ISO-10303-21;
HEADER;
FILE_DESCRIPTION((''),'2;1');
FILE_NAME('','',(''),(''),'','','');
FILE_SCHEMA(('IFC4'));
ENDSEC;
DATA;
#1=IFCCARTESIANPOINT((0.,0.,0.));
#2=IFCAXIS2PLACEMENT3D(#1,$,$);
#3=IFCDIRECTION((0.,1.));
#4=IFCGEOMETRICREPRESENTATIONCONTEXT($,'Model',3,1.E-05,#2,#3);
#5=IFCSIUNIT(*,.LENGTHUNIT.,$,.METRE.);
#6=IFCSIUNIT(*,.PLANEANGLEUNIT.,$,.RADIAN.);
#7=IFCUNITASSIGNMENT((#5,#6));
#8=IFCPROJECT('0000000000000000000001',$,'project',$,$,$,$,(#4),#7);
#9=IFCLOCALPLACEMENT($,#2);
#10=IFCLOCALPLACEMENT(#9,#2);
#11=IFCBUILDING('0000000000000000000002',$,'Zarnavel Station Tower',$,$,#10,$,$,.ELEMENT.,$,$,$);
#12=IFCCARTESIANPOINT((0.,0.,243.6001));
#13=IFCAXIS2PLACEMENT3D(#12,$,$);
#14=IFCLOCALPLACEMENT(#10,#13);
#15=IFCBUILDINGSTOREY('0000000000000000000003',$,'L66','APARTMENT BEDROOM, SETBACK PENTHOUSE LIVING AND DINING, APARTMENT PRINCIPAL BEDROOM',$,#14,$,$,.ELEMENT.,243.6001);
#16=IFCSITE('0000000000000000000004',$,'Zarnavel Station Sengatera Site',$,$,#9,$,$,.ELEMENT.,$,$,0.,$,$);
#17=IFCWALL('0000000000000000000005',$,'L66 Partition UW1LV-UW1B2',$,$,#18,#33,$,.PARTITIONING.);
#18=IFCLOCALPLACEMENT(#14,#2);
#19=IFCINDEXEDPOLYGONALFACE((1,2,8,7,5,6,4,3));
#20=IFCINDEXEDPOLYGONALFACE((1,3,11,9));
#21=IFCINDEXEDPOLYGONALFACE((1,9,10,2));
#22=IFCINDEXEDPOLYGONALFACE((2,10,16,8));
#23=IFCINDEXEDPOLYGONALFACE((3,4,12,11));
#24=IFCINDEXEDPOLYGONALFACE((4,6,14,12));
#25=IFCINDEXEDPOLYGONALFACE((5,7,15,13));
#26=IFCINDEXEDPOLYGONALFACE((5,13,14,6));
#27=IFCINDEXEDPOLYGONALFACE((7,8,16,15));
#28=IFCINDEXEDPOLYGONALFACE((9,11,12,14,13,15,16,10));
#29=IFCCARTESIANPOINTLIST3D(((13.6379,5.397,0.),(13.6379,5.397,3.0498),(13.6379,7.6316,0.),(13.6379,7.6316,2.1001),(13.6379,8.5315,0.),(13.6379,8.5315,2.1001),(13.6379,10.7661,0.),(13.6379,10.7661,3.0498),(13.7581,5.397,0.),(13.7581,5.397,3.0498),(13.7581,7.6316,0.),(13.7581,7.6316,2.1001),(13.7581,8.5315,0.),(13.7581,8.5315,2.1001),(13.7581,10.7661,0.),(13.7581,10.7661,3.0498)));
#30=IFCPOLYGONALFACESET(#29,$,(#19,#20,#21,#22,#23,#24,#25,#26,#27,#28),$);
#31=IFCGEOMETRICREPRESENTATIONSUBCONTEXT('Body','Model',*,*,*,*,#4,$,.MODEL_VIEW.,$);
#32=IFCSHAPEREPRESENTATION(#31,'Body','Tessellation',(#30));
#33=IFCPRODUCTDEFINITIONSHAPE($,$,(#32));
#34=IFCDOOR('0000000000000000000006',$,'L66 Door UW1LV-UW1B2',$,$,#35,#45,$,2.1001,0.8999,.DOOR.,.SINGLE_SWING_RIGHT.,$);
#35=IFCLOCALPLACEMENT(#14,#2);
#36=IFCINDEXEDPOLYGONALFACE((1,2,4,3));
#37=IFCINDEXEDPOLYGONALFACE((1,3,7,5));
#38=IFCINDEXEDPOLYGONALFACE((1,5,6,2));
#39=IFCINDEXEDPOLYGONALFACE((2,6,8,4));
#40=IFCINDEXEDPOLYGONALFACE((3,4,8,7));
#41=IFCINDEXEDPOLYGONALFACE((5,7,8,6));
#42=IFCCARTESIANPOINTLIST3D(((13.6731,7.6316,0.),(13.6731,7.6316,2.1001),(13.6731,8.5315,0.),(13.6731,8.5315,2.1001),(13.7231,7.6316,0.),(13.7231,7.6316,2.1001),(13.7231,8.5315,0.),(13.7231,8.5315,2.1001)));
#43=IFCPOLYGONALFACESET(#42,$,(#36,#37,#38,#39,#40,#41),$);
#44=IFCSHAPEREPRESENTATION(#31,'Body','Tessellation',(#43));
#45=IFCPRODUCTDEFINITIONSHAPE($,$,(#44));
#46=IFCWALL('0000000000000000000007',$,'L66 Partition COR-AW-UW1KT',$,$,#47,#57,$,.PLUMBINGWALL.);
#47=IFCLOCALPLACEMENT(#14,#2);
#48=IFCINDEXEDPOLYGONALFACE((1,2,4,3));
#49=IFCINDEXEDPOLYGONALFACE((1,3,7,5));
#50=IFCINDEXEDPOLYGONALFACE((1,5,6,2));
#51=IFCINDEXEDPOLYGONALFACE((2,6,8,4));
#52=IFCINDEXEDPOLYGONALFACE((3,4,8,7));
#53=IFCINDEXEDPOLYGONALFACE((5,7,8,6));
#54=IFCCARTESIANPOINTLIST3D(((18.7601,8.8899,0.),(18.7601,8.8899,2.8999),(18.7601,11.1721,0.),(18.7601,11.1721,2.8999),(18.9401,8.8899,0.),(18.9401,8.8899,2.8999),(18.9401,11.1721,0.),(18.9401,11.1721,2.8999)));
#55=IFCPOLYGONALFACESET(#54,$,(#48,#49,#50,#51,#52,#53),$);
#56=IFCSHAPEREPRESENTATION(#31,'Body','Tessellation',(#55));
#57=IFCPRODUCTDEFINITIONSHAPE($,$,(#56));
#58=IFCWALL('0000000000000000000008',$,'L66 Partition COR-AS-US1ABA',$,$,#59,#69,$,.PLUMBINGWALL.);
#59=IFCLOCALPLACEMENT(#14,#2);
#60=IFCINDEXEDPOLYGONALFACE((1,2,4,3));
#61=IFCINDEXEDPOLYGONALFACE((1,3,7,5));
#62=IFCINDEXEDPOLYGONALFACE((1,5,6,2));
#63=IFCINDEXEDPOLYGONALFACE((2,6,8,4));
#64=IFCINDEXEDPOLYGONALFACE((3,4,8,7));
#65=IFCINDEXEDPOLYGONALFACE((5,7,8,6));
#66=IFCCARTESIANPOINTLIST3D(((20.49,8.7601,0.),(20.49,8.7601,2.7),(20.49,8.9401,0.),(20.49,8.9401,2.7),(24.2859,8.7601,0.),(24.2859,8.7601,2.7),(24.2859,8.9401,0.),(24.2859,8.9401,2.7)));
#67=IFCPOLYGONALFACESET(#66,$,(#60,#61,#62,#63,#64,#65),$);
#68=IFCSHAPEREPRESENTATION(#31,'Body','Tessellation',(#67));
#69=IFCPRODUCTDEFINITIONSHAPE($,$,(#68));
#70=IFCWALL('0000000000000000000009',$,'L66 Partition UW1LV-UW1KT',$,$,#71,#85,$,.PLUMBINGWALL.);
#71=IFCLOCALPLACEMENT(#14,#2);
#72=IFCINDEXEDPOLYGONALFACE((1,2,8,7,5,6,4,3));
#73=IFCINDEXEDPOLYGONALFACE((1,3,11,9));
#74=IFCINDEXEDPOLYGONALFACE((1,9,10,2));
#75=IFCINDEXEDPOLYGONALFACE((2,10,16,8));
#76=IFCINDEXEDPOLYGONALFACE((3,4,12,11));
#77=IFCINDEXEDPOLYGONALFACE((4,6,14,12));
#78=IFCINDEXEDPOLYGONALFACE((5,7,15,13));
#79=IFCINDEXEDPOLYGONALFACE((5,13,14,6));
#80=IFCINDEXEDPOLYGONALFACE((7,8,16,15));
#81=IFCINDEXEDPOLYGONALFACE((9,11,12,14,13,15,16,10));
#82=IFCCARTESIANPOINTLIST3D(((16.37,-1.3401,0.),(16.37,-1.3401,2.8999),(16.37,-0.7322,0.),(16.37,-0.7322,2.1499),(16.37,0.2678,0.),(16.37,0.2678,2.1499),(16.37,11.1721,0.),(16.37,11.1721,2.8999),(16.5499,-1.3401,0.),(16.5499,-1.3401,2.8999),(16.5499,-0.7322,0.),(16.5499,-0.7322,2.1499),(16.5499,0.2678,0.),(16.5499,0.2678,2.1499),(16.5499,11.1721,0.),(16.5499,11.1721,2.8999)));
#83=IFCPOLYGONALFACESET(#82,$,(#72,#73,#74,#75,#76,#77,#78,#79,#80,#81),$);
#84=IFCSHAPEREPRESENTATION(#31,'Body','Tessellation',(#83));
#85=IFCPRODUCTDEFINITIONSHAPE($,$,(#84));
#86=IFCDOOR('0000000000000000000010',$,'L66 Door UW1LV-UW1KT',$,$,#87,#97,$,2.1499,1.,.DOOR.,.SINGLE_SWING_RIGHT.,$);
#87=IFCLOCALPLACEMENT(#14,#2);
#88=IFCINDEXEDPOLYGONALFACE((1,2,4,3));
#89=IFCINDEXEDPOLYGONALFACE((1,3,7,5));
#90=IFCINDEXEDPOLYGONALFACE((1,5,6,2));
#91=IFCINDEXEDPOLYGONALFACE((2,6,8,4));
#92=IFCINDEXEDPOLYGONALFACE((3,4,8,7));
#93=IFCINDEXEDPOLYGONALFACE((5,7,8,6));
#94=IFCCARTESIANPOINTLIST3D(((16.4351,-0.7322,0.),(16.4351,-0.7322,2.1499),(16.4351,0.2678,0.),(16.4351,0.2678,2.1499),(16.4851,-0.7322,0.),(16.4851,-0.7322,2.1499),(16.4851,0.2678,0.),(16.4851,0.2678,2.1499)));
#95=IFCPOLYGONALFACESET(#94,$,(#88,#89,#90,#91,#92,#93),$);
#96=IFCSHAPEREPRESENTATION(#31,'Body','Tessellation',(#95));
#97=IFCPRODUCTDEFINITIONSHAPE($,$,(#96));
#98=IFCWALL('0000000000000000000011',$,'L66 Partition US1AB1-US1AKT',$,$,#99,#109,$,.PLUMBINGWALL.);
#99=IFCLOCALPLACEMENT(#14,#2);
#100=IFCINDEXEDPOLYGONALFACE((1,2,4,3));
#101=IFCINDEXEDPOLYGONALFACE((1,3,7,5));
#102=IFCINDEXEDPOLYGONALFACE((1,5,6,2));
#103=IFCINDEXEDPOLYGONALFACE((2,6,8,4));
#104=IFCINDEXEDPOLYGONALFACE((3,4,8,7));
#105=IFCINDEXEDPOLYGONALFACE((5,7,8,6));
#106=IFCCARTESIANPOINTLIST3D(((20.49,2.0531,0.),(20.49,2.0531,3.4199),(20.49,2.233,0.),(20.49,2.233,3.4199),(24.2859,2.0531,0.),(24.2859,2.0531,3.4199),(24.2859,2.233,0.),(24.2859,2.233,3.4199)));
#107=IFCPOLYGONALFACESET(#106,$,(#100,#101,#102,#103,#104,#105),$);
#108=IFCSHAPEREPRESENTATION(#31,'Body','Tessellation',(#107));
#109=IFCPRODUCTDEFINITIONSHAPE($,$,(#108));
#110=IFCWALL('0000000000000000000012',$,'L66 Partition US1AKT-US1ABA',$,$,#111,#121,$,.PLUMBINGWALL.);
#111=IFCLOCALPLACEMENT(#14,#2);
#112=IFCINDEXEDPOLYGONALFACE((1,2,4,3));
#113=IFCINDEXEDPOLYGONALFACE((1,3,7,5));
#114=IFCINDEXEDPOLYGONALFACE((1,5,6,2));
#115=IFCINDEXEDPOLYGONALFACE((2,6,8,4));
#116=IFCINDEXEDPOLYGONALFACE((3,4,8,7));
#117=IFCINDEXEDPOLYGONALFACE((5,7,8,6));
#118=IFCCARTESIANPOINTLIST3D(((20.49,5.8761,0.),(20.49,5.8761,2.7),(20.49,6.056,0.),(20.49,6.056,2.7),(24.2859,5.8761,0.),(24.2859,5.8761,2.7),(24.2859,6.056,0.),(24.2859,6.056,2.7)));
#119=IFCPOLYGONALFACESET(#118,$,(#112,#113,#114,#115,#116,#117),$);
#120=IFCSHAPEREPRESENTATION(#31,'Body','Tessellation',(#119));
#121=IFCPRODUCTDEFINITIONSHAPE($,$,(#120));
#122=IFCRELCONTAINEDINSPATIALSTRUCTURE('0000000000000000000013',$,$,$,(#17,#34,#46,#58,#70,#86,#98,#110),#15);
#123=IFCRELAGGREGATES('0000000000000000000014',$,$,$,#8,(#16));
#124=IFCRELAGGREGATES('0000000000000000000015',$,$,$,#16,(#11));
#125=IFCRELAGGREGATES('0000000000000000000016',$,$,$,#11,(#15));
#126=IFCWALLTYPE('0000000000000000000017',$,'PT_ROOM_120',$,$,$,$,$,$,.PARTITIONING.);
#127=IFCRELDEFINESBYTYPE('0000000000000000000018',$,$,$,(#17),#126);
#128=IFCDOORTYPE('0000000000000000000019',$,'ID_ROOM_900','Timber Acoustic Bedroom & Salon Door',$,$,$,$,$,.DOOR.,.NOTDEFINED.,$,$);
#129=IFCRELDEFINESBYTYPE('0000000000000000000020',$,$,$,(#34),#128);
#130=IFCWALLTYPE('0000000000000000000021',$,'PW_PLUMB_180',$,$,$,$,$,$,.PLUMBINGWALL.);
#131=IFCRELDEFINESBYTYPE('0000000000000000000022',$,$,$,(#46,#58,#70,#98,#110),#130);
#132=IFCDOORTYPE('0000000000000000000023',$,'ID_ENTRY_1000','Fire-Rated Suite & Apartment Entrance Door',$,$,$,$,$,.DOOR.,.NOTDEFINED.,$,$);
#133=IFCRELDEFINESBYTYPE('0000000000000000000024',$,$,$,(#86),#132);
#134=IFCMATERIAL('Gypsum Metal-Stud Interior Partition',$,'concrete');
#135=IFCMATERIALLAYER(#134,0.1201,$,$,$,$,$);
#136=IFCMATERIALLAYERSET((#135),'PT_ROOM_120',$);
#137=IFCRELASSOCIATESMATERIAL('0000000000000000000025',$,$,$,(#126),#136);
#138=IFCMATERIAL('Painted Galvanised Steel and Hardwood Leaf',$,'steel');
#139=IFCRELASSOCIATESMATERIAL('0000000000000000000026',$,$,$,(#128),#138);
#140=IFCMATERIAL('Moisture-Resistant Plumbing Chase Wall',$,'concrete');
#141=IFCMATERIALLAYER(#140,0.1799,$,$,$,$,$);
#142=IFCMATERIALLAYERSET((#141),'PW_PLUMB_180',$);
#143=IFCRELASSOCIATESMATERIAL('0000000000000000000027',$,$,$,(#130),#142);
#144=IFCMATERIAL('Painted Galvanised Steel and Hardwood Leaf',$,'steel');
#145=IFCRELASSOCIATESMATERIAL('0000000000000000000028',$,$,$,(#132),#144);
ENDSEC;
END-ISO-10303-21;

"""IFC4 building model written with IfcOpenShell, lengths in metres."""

from ifc_helpers import new_model, si_unit, direction, frame, frame_2d, origin, place, context, subcontext, project, spatial, rectangle, extrude, material, layer, layer_set, type_object, element, fill, save


model = new_model("IFC4")

# Units and contexts
model_context = context("Model", 3, precision=1e-05, world=origin(), true_north=direction((0.0, 1.0)))
body_context = subcontext(model_context, "Body", "Model", "MODEL_VIEW")
ifc_project = project(units=[si_unit("LENGTHUNIT", "METRE"), si_unit("PLANEANGLEUNIT", "RADIAN")], contexts=[model_context])

# Site, building, storey
site_placement = place(None, origin())
site = spatial("IfcSite", under=ifc_project, at=site_placement, Name="Zarnavel Station Sengatera Site", CompositionType="ELEMENT", RefElevation=0.0)
building_placement = place(site_placement, origin())
building = spatial("IfcBuilding", under=site, at=building_placement, Name="Zarnavel Station Tower", CompositionType="ELEMENT")
storey_placement = place(building_placement, frame((0.0, 0.0, 243.6001)))
storey = spatial("IfcBuildingStorey", under=building, at=storey_placement, Name="L66", Description="APARTMENT BEDROOM, SETBACK PENTHOUSE LIVING AND DINING, APARTMENT PRINCIPAL BEDROOM", CompositionType="ELEMENT", Elevation=243.6001)

# Wall, opening, door
ifc_material_1 = material(Name="Gypsum Metal-Stud Interior Partition", Category="concrete")
ifc_layer_1 = layer(ifc_material_1, 0.1201)
ifc_layer_set_1 = layer_set([ifc_layer_1], Name="PT_ROOM_120")
wall_type_1 = type_object("IfcWallType", Name="PT_ROOM_120", PredefinedType="PARTITIONING", material=ifc_layer_set_1)
wall_1_placement = place(storey_placement, frame((13.698, 5.397, 0.0), z_axis=(0.0, 0.0, 1.0), x_axis=(0.0, 1.0, 0.0)))
wall_1 = element("IfcWall", 1, at=wall_1_placement, inside=storey, type_object=wall_type_1, Name="L66 Partition UW1LV-UW1B2", PredefinedType="PARTITIONING", context=body_context, shape_type="SweptSolid", body=[
    extrude(rectangle(XDim=5.3691, YDim=0.1201, at=frame_2d((2.6846, 0.0))), origin(), (0.0, 0.0, 1.0), 3.0498),
])
opening_1_placement = place(wall_1_placement, frame((2.2346, 0.0, 0.0)))
opening_1 = element("IfcOpeningElement", 2, at=opening_1_placement, cuts=wall_1, PredefinedType="OPENING", context=body_context, shape_type="SweptSolid", body=[
    extrude(rectangle(XDim=0.8999, YDim=2.1001, at=frame_2d((0.45, 1.05))), frame((0.0, 0.0701, 0.0), z_axis=(0.0, -1.0, 0.0), x_axis=(1.0, 0.0, 0.0)), (0.0, 0.0, 1.0), 0.1401),
])
ifc_material_2 = material(Name="Painted Galvanised Steel and Hardwood Leaf", Category="steel")
door_type_1 = type_object("IfcDoorType", Name="ID_ROOM_900", Description="Timber Acoustic Bedroom & Salon Door", OperationType="NOTDEFINED", PredefinedType="DOOR", material=ifc_material_2)
door_1_placement = place(opening_1_placement, origin())
door_1 = element("IfcDoor", 3, at=door_1_placement, inside=storey, type_object=door_type_1, Name="L66 Door UW1LV-UW1B2", OperationType="SINGLE_SWING_RIGHT", OverallHeight=2.1001, OverallWidth=0.8999, PredefinedType="DOOR", context=body_context, shape_type="SweptSolid", body=[
    extrude(rectangle(XDim=0.8999, YDim=2.1001, at=frame_2d((0.45, 1.05))), frame((0.0, 0.0249, 0.0), z_axis=(0.0, -1.0, 0.0), x_axis=(1.0, 0.0, 0.0)), (0.0, 0.0, 1.0), 0.05),
])
fill(opening_1, door_1)

# Walls
ifc_material_3 = material(Name="Moisture-Resistant Plumbing Chase Wall", Category="concrete")
ifc_layer_2 = layer(ifc_material_3, 0.1799)
ifc_layer_set_2 = layer_set([ifc_layer_2], Name="PW_PLUMB_180")
wall_type_2 = type_object("IfcWallType", Name="PW_PLUMB_180", PredefinedType="PLUMBINGWALL", material=ifc_layer_set_2)
wall_2_placement = place(storey_placement, frame((18.8501, 8.8899, 0.0), z_axis=(0.0, 0.0, 1.0), x_axis=(0.0, 1.0, 0.0)))
element("IfcWall", 4, at=wall_2_placement, inside=storey, type_object=wall_type_2, Name="L66 Partition COR-AW-UW1KT", PredefinedType="PLUMBINGWALL", context=body_context, shape_type="SweptSolid", body=[
    extrude(rectangle(XDim=2.2822, YDim=0.1799, at=frame_2d((1.1411, 0.0))), origin(), (0.0, 0.0, 1.0), 2.8999),
])
wall_3_placement = place(storey_placement, frame((20.49, 8.8501, 0.0), z_axis=(0.0, 0.0, 1.0), x_axis=(1.0, 0.0, 0.0)))
element("IfcWall", 5, at=wall_3_placement, inside=storey, type_object=wall_type_2, Name="L66 Partition COR-AS-US1ABA", PredefinedType="PLUMBINGWALL", context=body_context, shape_type="SweptSolid", body=[
    extrude(rectangle(XDim=3.7959, YDim=0.1799, at=frame_2d((1.8979, 0.0))), origin(), (0.0, 0.0, 1.0), 2.7),
])

# Wall, opening, door
wall_4_placement = place(storey_placement, frame((16.46, -1.3401, 0.0), z_axis=(0.0, 0.0, 1.0), x_axis=(0.0, 1.0, 0.0)))
wall_4 = element("IfcWall", 6, at=wall_4_placement, inside=storey, type_object=wall_type_2, Name="L66 Partition UW1LV-UW1KT", PredefinedType="PLUMBINGWALL", context=body_context, shape_type="SweptSolid", body=[
    extrude(rectangle(XDim=12.5122, YDim=0.1799, at=frame_2d((6.2561, 0.0))), origin(), (0.0, 0.0, 1.0), 2.8999),
])
opening_2_placement = place(wall_4_placement, frame((0.6079, 0.0, 0.0)))
opening_2 = element("IfcOpeningElement", 7, at=opening_2_placement, cuts=wall_4, PredefinedType="OPENING", context=body_context, shape_type="SweptSolid", body=[
    extrude(rectangle(XDim=1.0, YDim=2.1499, at=frame_2d((0.5, 1.075))), frame((0.0, 0.0999, 0.0), z_axis=(0.0, -1.0, 0.0), x_axis=(1.0, 0.0, 0.0)), (0.0, 0.0, 1.0), 0.2),
])
ifc_material_4 = material(Name="Painted Galvanised Steel and Hardwood Leaf", Category="steel")
door_type_2 = type_object("IfcDoorType", Name="ID_ENTRY_1000", Description="Fire-Rated Suite & Apartment Entrance Door", OperationType="NOTDEFINED", PredefinedType="DOOR", material=ifc_material_4)
door_2_placement = place(opening_2_placement, origin())
door_2 = element("IfcDoor", 8, at=door_2_placement, inside=storey, type_object=door_type_2, Name="L66 Door UW1LV-UW1KT", OperationType="SINGLE_SWING_RIGHT", OverallHeight=2.1499, OverallWidth=1.0, PredefinedType="DOOR", context=body_context, shape_type="SweptSolid", body=[
    extrude(rectangle(XDim=1.0, YDim=2.1499, at=frame_2d((0.5, 1.075))), frame((0.0, 0.0249, 0.0), z_axis=(0.0, -1.0, 0.0), x_axis=(1.0, 0.0, 0.0)), (0.0, 0.0, 1.0), 0.05),
])
fill(opening_2, door_2)

# Walls
wall_5_placement = place(storey_placement, frame((20.49, 2.1431, 0.0), z_axis=(0.0, 0.0, 1.0), x_axis=(1.0, 0.0, 0.0)))
element("IfcWall", 9, at=wall_5_placement, inside=storey, type_object=wall_type_2, Name="L66 Partition US1AB1-US1AKT", PredefinedType="PLUMBINGWALL", context=body_context, shape_type="SweptSolid", body=[
    extrude(rectangle(XDim=3.7959, YDim=0.1799, at=frame_2d((1.8979, 0.0))), origin(), (0.0, 0.0, 1.0), 3.4199),
])
wall_6_placement = place(storey_placement, frame((20.49, 5.9661, 0.0), z_axis=(0.0, 0.0, 1.0), x_axis=(1.0, 0.0, 0.0)))
element("IfcWall", 10, at=wall_6_placement, inside=storey, type_object=wall_type_2, Name="L66 Partition US1AKT-US1ABA", PredefinedType="PLUMBINGWALL", context=body_context, shape_type="SweptSolid", body=[
    extrude(rectangle(XDim=3.7959, YDim=0.1799, at=frame_2d((1.8979, 0.0))), origin(), (0.0, 0.0, 1.0), 2.7),
])

save(model, "model.ifc")
